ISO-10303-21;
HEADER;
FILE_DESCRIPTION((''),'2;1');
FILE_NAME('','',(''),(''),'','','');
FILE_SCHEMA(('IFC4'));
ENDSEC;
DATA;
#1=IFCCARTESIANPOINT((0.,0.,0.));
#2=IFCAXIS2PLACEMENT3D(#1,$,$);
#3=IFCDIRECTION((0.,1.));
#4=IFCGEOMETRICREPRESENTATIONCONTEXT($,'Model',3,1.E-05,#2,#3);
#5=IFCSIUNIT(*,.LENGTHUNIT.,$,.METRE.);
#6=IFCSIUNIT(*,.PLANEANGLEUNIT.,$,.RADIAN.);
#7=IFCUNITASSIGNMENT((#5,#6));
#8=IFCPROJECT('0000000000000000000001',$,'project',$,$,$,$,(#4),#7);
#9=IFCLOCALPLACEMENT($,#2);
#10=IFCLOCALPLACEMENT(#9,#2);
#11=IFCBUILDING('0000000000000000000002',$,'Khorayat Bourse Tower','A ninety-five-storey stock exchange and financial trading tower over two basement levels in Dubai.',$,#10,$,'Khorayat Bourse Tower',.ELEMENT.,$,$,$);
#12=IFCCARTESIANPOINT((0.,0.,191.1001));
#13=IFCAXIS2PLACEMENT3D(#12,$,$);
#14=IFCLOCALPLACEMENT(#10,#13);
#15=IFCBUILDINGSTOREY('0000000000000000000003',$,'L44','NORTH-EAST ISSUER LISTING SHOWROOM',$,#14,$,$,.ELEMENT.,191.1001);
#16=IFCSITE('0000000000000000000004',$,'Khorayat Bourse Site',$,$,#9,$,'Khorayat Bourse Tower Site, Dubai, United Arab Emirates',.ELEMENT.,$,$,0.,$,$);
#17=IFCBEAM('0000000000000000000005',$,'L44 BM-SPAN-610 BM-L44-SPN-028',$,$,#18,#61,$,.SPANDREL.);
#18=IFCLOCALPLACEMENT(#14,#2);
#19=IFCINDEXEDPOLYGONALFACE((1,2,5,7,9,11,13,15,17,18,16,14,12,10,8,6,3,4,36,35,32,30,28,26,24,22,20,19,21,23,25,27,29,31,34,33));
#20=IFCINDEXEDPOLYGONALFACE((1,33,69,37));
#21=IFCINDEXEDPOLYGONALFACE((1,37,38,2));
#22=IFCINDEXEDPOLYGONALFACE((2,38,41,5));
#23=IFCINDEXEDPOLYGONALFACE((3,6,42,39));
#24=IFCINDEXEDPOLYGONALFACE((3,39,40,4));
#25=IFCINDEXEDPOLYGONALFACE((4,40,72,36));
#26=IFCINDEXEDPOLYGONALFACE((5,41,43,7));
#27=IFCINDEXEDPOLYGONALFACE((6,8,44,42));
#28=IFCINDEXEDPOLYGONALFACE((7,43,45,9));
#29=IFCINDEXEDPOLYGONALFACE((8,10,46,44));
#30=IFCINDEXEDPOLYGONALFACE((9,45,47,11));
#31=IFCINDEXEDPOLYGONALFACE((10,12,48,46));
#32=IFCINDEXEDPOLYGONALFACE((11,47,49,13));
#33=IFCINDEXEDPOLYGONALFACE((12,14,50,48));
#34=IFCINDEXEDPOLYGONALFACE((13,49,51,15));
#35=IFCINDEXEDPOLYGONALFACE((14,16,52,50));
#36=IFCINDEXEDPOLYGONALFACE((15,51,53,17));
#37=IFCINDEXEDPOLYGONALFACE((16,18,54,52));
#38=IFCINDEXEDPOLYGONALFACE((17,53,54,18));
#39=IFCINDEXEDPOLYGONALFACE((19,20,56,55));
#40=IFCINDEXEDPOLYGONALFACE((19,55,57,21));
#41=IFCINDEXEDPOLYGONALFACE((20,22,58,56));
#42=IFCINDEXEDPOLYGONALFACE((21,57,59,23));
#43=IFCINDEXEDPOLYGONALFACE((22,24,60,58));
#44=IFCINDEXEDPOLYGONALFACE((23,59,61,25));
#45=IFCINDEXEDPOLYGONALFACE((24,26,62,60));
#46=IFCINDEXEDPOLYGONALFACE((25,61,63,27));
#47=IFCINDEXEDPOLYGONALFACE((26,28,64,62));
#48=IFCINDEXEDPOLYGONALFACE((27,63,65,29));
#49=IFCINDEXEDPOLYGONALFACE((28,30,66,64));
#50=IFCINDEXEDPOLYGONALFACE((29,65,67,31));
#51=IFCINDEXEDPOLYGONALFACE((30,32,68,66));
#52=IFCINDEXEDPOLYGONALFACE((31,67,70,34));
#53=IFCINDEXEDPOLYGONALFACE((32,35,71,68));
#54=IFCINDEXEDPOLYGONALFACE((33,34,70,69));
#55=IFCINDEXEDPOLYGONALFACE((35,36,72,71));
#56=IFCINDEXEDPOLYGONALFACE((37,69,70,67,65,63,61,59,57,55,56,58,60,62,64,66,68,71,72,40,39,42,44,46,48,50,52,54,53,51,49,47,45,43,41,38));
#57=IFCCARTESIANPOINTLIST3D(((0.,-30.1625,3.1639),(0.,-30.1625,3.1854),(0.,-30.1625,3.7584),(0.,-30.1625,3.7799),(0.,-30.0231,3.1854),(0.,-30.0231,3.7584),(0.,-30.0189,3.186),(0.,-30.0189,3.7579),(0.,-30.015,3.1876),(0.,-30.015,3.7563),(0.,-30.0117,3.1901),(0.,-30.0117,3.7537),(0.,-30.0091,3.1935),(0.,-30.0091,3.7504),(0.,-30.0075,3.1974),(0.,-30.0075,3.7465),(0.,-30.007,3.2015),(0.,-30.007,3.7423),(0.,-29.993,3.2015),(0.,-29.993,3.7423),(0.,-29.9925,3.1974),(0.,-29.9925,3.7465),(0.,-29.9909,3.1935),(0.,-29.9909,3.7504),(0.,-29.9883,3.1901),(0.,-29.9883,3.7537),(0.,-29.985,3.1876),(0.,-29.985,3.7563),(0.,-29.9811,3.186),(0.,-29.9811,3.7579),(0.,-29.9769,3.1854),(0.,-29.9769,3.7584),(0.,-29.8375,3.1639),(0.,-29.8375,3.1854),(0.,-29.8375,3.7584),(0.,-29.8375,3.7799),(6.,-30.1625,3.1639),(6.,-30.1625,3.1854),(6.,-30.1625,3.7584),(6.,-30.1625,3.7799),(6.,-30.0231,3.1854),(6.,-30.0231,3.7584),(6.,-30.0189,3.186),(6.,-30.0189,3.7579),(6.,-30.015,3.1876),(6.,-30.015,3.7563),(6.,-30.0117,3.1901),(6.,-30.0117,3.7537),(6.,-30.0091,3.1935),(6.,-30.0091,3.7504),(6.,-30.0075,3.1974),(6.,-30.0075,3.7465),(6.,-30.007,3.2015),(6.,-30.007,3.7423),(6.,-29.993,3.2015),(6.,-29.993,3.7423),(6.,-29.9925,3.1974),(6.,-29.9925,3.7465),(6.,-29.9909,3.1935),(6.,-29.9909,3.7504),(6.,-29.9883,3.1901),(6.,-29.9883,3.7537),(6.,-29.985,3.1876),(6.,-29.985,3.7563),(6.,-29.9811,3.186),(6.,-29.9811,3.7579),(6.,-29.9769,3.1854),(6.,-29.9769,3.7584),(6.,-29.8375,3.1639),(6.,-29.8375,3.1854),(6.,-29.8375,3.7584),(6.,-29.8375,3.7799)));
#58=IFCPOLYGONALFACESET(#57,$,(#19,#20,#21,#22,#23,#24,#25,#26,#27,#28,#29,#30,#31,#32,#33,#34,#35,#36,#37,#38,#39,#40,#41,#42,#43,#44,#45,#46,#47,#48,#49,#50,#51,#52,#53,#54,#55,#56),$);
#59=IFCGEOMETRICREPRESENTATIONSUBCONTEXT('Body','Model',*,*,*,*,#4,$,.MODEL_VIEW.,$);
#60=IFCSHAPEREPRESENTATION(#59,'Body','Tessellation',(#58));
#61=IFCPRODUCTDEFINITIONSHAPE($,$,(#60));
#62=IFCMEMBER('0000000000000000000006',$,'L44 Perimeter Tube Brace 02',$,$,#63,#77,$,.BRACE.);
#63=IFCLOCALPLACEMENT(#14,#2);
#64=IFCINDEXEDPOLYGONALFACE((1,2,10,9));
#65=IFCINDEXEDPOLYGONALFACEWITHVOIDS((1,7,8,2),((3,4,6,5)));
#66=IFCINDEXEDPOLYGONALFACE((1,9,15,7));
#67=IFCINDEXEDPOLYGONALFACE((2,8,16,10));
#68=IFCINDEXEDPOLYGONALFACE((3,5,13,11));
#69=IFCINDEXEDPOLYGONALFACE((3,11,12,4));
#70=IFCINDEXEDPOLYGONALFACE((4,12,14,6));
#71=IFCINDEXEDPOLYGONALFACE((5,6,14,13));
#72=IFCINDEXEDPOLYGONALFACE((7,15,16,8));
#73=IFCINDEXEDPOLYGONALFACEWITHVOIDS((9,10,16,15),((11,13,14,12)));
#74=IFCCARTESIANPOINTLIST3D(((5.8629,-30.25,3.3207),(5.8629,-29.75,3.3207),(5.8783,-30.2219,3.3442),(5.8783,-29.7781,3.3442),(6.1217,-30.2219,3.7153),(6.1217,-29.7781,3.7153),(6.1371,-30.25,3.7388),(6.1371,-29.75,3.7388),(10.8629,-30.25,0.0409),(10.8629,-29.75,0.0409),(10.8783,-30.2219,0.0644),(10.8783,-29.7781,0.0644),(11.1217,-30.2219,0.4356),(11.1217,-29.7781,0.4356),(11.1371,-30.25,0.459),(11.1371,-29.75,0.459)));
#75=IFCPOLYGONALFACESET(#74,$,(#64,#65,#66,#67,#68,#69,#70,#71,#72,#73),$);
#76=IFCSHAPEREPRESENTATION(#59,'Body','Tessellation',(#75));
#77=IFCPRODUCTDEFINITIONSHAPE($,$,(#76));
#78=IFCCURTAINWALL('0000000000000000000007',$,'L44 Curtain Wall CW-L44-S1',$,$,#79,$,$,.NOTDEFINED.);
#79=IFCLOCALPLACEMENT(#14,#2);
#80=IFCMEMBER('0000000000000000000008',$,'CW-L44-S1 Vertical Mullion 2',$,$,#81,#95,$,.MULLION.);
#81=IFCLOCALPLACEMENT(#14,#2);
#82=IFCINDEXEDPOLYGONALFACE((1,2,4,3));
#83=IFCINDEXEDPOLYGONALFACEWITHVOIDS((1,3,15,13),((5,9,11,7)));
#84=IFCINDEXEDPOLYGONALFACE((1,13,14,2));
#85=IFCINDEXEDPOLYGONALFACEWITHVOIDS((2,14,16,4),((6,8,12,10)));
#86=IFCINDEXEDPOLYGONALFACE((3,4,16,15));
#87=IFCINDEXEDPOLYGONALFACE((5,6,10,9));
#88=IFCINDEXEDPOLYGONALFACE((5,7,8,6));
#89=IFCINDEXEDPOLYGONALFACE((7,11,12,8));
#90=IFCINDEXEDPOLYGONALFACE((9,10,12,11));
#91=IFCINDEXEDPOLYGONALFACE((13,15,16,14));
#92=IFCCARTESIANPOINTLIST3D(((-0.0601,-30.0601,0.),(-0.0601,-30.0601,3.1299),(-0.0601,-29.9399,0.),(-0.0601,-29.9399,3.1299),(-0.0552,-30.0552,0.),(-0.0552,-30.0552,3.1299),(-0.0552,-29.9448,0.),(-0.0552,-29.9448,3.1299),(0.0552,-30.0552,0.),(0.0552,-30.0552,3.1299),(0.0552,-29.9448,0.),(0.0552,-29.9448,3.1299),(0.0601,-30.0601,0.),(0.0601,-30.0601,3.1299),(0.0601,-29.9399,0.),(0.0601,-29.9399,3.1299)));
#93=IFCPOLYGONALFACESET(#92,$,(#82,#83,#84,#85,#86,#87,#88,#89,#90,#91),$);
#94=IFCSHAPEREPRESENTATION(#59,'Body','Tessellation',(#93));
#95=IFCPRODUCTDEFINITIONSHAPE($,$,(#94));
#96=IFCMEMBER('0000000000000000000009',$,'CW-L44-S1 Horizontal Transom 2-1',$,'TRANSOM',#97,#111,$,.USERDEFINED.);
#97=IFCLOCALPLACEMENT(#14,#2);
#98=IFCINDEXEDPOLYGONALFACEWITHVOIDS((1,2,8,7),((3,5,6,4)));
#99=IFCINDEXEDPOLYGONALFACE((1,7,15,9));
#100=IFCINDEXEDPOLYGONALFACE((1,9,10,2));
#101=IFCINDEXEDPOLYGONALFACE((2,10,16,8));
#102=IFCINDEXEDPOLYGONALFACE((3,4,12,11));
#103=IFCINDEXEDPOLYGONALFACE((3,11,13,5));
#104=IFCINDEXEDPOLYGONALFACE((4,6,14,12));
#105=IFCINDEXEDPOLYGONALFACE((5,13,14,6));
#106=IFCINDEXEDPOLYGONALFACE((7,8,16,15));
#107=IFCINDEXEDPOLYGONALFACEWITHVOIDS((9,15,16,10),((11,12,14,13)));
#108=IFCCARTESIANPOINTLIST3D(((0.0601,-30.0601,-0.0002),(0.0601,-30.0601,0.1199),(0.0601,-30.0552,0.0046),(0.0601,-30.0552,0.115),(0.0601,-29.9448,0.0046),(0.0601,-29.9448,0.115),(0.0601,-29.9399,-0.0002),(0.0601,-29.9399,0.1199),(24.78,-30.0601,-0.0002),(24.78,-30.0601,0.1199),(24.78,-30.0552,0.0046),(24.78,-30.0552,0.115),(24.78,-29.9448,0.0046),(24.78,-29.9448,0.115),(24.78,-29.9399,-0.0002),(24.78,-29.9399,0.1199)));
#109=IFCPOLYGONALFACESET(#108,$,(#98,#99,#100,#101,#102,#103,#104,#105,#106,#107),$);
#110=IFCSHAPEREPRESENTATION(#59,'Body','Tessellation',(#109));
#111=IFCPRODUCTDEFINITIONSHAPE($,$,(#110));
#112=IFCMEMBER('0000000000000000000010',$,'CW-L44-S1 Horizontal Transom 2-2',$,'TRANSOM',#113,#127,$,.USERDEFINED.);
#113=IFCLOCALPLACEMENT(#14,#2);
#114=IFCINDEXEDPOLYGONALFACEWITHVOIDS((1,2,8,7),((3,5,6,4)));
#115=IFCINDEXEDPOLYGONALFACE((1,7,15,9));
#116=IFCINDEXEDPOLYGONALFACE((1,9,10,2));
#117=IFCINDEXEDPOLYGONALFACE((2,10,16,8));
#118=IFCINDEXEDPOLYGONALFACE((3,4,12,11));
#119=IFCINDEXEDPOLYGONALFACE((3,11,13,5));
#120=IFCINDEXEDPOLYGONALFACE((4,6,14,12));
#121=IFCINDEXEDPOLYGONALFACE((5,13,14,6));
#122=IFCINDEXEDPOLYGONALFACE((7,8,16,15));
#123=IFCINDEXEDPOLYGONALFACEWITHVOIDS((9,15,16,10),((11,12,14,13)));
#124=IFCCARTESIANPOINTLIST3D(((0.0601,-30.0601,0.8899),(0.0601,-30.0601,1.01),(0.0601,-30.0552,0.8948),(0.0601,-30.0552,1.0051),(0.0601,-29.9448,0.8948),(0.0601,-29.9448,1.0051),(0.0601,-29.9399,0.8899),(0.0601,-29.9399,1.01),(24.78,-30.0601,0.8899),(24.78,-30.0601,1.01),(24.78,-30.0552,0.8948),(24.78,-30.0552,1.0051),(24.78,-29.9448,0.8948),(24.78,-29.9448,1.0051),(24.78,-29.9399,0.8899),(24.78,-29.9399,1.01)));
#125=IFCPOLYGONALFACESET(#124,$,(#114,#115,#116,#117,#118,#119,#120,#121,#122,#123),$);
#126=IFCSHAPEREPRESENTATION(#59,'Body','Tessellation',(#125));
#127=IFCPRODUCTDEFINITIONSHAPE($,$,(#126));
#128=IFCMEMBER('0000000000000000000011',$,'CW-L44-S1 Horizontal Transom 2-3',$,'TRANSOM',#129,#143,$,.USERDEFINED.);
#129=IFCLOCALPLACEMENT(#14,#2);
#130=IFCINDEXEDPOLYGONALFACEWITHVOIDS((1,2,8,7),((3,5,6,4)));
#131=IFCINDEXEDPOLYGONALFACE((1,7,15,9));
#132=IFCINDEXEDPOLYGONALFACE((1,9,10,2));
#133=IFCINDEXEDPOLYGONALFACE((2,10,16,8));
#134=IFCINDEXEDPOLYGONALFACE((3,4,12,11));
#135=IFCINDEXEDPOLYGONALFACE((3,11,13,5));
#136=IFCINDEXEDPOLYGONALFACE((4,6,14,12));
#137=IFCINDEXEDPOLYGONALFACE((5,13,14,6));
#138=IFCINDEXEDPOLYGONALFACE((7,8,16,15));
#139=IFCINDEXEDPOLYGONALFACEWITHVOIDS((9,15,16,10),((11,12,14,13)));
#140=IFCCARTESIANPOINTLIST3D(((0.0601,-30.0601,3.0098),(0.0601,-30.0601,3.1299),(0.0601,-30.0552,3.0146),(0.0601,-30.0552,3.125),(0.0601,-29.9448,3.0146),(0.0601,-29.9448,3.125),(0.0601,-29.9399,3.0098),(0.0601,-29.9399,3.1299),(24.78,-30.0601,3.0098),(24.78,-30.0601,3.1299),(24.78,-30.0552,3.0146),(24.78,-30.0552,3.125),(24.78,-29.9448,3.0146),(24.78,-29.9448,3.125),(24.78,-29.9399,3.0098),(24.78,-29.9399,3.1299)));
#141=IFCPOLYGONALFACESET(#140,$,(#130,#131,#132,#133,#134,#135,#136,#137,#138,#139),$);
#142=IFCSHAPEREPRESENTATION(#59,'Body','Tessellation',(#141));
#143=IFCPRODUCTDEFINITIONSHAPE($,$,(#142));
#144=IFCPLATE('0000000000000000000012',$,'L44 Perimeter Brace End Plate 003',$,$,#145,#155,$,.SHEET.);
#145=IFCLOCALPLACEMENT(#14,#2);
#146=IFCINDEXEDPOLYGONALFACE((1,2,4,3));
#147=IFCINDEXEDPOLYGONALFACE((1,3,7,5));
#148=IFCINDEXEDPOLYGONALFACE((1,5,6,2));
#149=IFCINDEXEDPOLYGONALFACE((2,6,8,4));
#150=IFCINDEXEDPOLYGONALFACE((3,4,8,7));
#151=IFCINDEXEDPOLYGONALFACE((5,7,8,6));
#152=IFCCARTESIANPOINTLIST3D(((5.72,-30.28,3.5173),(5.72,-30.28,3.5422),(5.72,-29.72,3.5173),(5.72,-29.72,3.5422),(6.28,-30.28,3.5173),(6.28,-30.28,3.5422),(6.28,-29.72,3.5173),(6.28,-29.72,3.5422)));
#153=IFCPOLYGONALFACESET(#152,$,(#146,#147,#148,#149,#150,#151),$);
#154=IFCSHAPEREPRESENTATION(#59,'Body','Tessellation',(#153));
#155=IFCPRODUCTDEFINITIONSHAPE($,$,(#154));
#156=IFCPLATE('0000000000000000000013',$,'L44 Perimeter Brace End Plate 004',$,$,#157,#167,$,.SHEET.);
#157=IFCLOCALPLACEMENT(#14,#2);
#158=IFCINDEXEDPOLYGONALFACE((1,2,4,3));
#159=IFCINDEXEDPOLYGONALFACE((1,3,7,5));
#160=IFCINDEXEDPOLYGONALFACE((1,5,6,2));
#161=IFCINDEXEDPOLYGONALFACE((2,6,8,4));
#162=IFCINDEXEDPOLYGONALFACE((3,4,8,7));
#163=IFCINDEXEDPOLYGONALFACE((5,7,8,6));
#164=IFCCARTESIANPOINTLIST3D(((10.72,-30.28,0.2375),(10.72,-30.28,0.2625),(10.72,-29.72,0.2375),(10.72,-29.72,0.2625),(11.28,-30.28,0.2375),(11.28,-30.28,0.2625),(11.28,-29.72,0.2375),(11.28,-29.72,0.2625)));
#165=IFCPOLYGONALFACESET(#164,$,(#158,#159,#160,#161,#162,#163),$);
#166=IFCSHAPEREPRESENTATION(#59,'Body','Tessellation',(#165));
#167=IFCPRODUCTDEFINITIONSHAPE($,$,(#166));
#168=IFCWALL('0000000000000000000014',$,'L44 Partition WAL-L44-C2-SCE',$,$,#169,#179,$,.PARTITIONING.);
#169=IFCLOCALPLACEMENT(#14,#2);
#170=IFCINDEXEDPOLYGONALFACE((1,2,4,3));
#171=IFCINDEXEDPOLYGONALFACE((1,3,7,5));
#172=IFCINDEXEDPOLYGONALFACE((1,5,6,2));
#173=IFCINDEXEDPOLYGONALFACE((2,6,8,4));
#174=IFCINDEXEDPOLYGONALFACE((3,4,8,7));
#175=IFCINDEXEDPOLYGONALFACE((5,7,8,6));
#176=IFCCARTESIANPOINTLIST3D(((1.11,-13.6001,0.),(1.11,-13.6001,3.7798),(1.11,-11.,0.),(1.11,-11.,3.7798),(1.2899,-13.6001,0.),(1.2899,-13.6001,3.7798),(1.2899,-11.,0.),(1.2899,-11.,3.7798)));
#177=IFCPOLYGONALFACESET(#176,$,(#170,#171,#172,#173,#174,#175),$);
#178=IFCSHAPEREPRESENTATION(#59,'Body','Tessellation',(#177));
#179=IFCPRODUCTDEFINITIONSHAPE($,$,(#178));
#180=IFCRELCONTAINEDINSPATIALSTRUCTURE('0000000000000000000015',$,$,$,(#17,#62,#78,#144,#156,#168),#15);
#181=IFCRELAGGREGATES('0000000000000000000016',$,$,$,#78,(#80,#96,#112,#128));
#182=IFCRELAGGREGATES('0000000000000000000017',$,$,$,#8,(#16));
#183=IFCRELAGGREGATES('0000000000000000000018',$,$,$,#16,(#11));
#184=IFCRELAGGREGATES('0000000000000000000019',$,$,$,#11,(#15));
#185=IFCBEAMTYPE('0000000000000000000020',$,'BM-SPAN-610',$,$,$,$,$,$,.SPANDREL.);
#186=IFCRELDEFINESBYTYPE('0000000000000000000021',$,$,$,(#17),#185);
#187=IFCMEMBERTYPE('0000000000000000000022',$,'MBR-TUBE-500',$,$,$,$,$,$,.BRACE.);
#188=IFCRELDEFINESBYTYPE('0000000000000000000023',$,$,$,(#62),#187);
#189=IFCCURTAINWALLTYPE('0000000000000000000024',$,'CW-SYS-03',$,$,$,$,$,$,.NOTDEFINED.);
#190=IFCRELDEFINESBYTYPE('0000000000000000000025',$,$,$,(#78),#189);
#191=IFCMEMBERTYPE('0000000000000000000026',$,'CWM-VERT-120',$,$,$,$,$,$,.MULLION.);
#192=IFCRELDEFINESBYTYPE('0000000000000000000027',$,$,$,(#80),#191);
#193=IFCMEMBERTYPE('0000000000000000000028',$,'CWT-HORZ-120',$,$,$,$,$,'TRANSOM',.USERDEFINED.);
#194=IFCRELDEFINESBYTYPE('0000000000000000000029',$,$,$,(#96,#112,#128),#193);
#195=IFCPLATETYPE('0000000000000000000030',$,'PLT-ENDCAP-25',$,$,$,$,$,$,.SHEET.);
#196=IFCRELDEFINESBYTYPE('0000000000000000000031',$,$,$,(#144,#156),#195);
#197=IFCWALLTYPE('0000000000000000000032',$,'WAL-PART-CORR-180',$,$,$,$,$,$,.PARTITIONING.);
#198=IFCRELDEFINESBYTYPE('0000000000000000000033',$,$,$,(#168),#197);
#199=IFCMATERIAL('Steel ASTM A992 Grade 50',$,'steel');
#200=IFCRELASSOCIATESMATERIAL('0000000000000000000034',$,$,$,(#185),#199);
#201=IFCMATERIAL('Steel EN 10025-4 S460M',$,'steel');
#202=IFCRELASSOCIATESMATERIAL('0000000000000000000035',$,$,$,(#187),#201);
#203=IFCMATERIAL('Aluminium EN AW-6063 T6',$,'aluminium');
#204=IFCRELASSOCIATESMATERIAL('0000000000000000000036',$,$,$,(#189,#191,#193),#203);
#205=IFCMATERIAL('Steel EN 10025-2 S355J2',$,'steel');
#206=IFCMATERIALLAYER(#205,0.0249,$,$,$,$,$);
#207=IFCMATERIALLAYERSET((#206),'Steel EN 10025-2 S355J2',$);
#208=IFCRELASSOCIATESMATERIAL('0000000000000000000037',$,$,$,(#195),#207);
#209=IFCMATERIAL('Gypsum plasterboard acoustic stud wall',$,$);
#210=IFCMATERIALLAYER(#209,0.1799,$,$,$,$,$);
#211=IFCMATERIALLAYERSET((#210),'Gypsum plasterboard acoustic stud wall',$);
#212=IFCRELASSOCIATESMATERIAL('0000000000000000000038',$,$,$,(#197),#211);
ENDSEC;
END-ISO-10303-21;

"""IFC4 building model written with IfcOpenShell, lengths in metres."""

from ifc_helpers import new_model, si_unit, direction, frame, frame_2d, origin, origin_2d, place, context, subcontext, project, spatial, rectangle, hollow_rectangle, i_section, extrude, source, transform, mapped, material, layer, layer_set, material_profile, profile_set, type_object, element, aggregate, save


model = new_model("IFC4")

# Units and contexts
model_context = context("Model", 3, precision=1e-05, world=origin(), true_north=direction((0.0, 1.0)))
body_context = subcontext(model_context, "Body", "Model", "MODEL_VIEW")
ifc_project = project(units=[si_unit("LENGTHUNIT", "METRE"), si_unit("PLANEANGLEUNIT", "RADIAN")], contexts=[model_context])

# Site, building, storey
site_placement = place(None, origin())
site = spatial("IfcSite", under=ifc_project, at=site_placement, Name="Khorayat Bourse Site", LongName="Khorayat Bourse Tower Site, Dubai, United Arab Emirates", CompositionType="ELEMENT", RefElevation=0.0)
building_placement = place(site_placement, origin())
building = spatial("IfcBuilding", under=site, at=building_placement, Name="Khorayat Bourse Tower", Description="A ninety-five-storey stock exchange and financial trading tower over two basement levels in Dubai.", LongName="Khorayat Bourse Tower", CompositionType="ELEMENT")
storey_placement = place(building_placement, frame((0.0, 0.0, 191.1001)))
storey = spatial("IfcBuildingStorey", under=building, at=storey_placement, Name="L44", Description="NORTH-EAST ISSUER LISTING SHOWROOM", CompositionType="ELEMENT", Elevation=191.1001)

# Shared definitions
ifc_material_1 = material(Name="Steel EN 10025-4 S460M", Category="steel")

# Beam
ifc_material_2 = material(Name="Steel ASTM A992 Grade 50", Category="steel")
ifc_material_profile_1 = material_profile(ifc_material_2, i_section(OverallWidth=0.325, OverallDepth=0.616, WebThickness=0.0139, FlangeThickness=0.0215, FilletRadius=0.0161, at=origin_2d()), Name="W610X174")
ifc_profile_set_1 = profile_set([ifc_material_profile_1], Name="Steel ASTM A992 Grade 50")
beam_type_1 = type_object("IfcBeamType", Name="BM-SPAN-610", PredefinedType="SPANDREL", material=ifc_profile_set_1)
shared_shape_1 = source(origin(), body_context, "Body", "SweptSolid", [
    extrude(i_section(OverallWidth=0.325, OverallDepth=0.616, WebThickness=0.0139, FlangeThickness=0.0215, FilletRadius=0.0161, at=origin_2d()), origin(), (0.0, 0.0, 1.0), 6.0),
])
beam_1_placement = place(storey_placement, frame((0.0, -30.0, 3.4719), z_axis=(1.0, 0.0, 0.0), x_axis=(0.0, 1.0, 0.0)))
element("IfcBeam", 1, at=beam_1_placement, inside=storey, type_object=beam_type_1, Name="L44 BM-SPAN-610 BM-L44-SPN-028", PredefinedType="SPANDREL", context=body_context, shape_type="MappedRepresentation", body=[
    mapped(shared_shape_1, transform((0.0, 0.0, 0.0), scale=1.0)),
])

# Member
ifc_material_profile_2 = material_profile(ifc_material_1, hollow_rectangle(XDim=0.5, YDim=0.5, WallThickness=0.0281, at=origin_2d()), Name="HSS 500x500x28")
ifc_profile_set_2 = profile_set([ifc_material_profile_2], Name="Steel EN 10025-4 S460M")
member_type_1 = type_object("IfcMemberType", Name="MBR-TUBE-500", PredefinedType="BRACE", material=ifc_profile_set_2)
shared_shape_2 = source(origin(), body_context, "Body", "SweptSolid", [
    extrude(hollow_rectangle(XDim=0.5, YDim=0.5, WallThickness=0.0281, at=origin_2d()), origin(), (0.0, 0.0, 1.0), 5.9797),
])
member_1_placement = place(storey_placement, frame((6.0, -30.0, 3.5298), z_axis=(0.83616, 0.0, -0.548485), x_axis=(0.0, 1.0, 0.0)))
element("IfcMember", 2, at=member_1_placement, inside=storey, type_object=member_type_1, Name="L44 Perimeter Tube Brace 02", PredefinedType="BRACE", context=body_context, shape_type="MappedRepresentation", body=[
    mapped(shared_shape_2, transform((0.0, 0.0, 0.0), scale=1.0)),
])

# Curtain wall, members
ifc_material_3 = material(Name="Aluminium EN AW-6063 T6", Category="aluminium")
curtain_wall_type = type_object("IfcCurtainWallType", Name="CW-SYS-03", PredefinedType="NOTDEFINED", material=ifc_material_3)
curtain_wall_placement = place(storey_placement, origin())
curtain_wall = element("IfcCurtainWall", 3, at=curtain_wall_placement, inside=storey, type_object=curtain_wall_type, Name="L44 Curtain Wall CW-L44-S1", PredefinedType="NOTDEFINED")
ifc_material_profile_3 = material_profile(ifc_material_3, hollow_rectangle(XDim=0.1201, YDim=0.1201, WallThickness=0.0049, at=origin_2d()), Name="ALU 120x120x5")
ifc_profile_set_3 = profile_set([ifc_material_profile_3], Name="Aluminium EN AW-6063 T6")
member_type_2 = type_object("IfcMemberType", Name="CWM-VERT-120", PredefinedType="MULLION", material=ifc_profile_set_3)
shared_shape_3 = source(origin(), body_context, "Body", "SweptSolid", [
    extrude(hollow_rectangle(XDim=0.1201, YDim=0.1201, WallThickness=0.0049, at=origin_2d()), origin(), (0.0, 0.0, 1.0), 3.1299),
])
member_2_placement = place(storey_placement, frame((0.0, -30.0, 0.0), z_axis=(0.0, 0.0, 1.0), x_axis=(0.0, 1.0, 0.0)))
member_2 = element("IfcMember", 4, at=member_2_placement, type_object=member_type_2, Name="CW-L44-S1 Vertical Mullion 2", PredefinedType="MULLION", context=body_context, shape_type="MappedRepresentation", body=[
    mapped(shared_shape_3, transform((0.0, 0.0, 0.0), scale=1.0)),
])
ifc_material_profile_4 = material_profile(ifc_material_3, hollow_rectangle(XDim=0.1201, YDim=0.1201, WallThickness=0.0049, at=origin_2d()), Name="ALU 120x120x5")
ifc_profile_set_4 = profile_set([ifc_material_profile_4], Name="Aluminium EN AW-6063 T6")
member_type_3 = type_object("IfcMemberType", Name="CWT-HORZ-120", ElementType="TRANSOM", PredefinedType="USERDEFINED", material=ifc_profile_set_4)
shared_shape_4 = source(origin(), body_context, "Body", "SweptSolid", [
    extrude(hollow_rectangle(XDim=0.1201, YDim=0.1201, WallThickness=0.0049, at=origin_2d()), origin(), (0.0, 0.0, 1.0), 24.72),
])
member_3_placement = place(storey_placement, frame((0.0601, -30.0, 0.0598), z_axis=(1.0, 0.0, 0.0), x_axis=(0.0, 1.0, 0.0)))
member_3 = element("IfcMember", 5, at=member_3_placement, type_object=member_type_3, Name="CW-L44-S1 Horizontal Transom 2-1", ObjectType="TRANSOM", PredefinedType="USERDEFINED", context=body_context, shape_type="MappedRepresentation", body=[
    mapped(shared_shape_4, transform((0.0, 0.0, 0.0), scale=1.0)),
])
member_4_placement = place(storey_placement, frame((0.0601, -30.0, 0.95), z_axis=(1.0, 0.0, 0.0), x_axis=(0.0, 1.0, 0.0)))
member_4 = element("IfcMember", 6, at=member_4_placement, type_object=member_type_3, Name="CW-L44-S1 Horizontal Transom 2-2", ObjectType="TRANSOM", PredefinedType="USERDEFINED", context=body_context, shape_type="MappedRepresentation", body=[
    mapped(shared_shape_4, transform((0.0, 0.0, 0.0), scale=1.0)),
])
member_5_placement = place(storey_placement, frame((0.0601, -30.0, 3.0698), z_axis=(1.0, 0.0, 0.0), x_axis=(0.0, 1.0, 0.0)))
member_5 = element("IfcMember", 7, at=member_5_placement, type_object=member_type_3, Name="CW-L44-S1 Horizontal Transom 2-3", ObjectType="TRANSOM", PredefinedType="USERDEFINED", context=body_context, shape_type="MappedRepresentation", body=[
    mapped(shared_shape_4, transform((0.0, 0.0, 0.0), scale=1.0)),
])
aggregate(curtain_wall, [member_2, member_3, member_4, member_5])

# Plates
ifc_material_4 = material(Name="Steel EN 10025-2 S355J2", Category="steel")
ifc_layer_1 = layer(ifc_material_4, 0.0249)
ifc_layer_set_1 = layer_set([ifc_layer_1], Name="Steel EN 10025-2 S355J2")
plate_type = type_object("IfcPlateType", Name="PLT-ENDCAP-25", PredefinedType="SHEET", material=ifc_layer_set_1)
shared_shape_5 = source(origin(), body_context, "Body", "SweptSolid", [
    extrude(rectangle(XDim=0.5601, YDim=0.5601, at=origin_2d()), origin(), (0.0, 0.0, 1.0), 0.0249),
])
for number, where, z_axis, x_axis, name in (
    (8, (6.0, -30.0, 3.5173), (0.0, 0.0, 1.0), (1.0, 0.0, 0.0), "L44 Perimeter Brace End Plate 003"),
    (9, (11.0, -30.0, 0.2375), (0.0, 0.0, 1.0), (1.0, 0.0, 0.0), "L44 Perimeter Brace End Plate 004"),
):
    element("IfcPlate", number, at=place(storey_placement, frame(where, z_axis=z_axis, x_axis=x_axis)), inside=storey, type_object=plate_type, Name=name, PredefinedType="SHEET", context=body_context, shape_type="MappedRepresentation", body=[
        mapped(shared_shape_5, transform((0.0, 0.0, 0.0), scale=1.0)),
    ])

# Wall
ifc_material_5 = material(Name="Gypsum plasterboard acoustic stud wall")
ifc_layer_2 = layer(ifc_material_5, 0.1799)
ifc_layer_set_2 = layer_set([ifc_layer_2], Name="Gypsum plasterboard acoustic stud wall")
wall_type_1 = type_object("IfcWallType", Name="WAL-PART-CORR-180", PredefinedType="PARTITIONING", material=ifc_layer_set_2)
shared_shape_6 = source(origin(), body_context, "Body", "SweptSolid", [
    extrude(rectangle(XDim=2.6001, YDim=0.1799, at=frame_2d((1.3, 0.0))), origin(), (0.0, 0.0, 1.0), 3.7798),
])
wall_1_placement = place(storey_placement, frame((1.2, -13.6001, 0.0), z_axis=(0.0, 0.0, 1.0), x_axis=(0.0, 1.0, 0.0)))
element("IfcWall", 10, at=wall_1_placement, inside=storey, type_object=wall_type_1, Name="L44 Partition WAL-L44-C2-SCE", PredefinedType="PARTITIONING", context=body_context, shape_type="MappedRepresentation", body=[
    mapped(shared_shape_6, transform((0.0, 0.0, 0.0), scale=1.0)),
])

save(model, "model.ifc")
